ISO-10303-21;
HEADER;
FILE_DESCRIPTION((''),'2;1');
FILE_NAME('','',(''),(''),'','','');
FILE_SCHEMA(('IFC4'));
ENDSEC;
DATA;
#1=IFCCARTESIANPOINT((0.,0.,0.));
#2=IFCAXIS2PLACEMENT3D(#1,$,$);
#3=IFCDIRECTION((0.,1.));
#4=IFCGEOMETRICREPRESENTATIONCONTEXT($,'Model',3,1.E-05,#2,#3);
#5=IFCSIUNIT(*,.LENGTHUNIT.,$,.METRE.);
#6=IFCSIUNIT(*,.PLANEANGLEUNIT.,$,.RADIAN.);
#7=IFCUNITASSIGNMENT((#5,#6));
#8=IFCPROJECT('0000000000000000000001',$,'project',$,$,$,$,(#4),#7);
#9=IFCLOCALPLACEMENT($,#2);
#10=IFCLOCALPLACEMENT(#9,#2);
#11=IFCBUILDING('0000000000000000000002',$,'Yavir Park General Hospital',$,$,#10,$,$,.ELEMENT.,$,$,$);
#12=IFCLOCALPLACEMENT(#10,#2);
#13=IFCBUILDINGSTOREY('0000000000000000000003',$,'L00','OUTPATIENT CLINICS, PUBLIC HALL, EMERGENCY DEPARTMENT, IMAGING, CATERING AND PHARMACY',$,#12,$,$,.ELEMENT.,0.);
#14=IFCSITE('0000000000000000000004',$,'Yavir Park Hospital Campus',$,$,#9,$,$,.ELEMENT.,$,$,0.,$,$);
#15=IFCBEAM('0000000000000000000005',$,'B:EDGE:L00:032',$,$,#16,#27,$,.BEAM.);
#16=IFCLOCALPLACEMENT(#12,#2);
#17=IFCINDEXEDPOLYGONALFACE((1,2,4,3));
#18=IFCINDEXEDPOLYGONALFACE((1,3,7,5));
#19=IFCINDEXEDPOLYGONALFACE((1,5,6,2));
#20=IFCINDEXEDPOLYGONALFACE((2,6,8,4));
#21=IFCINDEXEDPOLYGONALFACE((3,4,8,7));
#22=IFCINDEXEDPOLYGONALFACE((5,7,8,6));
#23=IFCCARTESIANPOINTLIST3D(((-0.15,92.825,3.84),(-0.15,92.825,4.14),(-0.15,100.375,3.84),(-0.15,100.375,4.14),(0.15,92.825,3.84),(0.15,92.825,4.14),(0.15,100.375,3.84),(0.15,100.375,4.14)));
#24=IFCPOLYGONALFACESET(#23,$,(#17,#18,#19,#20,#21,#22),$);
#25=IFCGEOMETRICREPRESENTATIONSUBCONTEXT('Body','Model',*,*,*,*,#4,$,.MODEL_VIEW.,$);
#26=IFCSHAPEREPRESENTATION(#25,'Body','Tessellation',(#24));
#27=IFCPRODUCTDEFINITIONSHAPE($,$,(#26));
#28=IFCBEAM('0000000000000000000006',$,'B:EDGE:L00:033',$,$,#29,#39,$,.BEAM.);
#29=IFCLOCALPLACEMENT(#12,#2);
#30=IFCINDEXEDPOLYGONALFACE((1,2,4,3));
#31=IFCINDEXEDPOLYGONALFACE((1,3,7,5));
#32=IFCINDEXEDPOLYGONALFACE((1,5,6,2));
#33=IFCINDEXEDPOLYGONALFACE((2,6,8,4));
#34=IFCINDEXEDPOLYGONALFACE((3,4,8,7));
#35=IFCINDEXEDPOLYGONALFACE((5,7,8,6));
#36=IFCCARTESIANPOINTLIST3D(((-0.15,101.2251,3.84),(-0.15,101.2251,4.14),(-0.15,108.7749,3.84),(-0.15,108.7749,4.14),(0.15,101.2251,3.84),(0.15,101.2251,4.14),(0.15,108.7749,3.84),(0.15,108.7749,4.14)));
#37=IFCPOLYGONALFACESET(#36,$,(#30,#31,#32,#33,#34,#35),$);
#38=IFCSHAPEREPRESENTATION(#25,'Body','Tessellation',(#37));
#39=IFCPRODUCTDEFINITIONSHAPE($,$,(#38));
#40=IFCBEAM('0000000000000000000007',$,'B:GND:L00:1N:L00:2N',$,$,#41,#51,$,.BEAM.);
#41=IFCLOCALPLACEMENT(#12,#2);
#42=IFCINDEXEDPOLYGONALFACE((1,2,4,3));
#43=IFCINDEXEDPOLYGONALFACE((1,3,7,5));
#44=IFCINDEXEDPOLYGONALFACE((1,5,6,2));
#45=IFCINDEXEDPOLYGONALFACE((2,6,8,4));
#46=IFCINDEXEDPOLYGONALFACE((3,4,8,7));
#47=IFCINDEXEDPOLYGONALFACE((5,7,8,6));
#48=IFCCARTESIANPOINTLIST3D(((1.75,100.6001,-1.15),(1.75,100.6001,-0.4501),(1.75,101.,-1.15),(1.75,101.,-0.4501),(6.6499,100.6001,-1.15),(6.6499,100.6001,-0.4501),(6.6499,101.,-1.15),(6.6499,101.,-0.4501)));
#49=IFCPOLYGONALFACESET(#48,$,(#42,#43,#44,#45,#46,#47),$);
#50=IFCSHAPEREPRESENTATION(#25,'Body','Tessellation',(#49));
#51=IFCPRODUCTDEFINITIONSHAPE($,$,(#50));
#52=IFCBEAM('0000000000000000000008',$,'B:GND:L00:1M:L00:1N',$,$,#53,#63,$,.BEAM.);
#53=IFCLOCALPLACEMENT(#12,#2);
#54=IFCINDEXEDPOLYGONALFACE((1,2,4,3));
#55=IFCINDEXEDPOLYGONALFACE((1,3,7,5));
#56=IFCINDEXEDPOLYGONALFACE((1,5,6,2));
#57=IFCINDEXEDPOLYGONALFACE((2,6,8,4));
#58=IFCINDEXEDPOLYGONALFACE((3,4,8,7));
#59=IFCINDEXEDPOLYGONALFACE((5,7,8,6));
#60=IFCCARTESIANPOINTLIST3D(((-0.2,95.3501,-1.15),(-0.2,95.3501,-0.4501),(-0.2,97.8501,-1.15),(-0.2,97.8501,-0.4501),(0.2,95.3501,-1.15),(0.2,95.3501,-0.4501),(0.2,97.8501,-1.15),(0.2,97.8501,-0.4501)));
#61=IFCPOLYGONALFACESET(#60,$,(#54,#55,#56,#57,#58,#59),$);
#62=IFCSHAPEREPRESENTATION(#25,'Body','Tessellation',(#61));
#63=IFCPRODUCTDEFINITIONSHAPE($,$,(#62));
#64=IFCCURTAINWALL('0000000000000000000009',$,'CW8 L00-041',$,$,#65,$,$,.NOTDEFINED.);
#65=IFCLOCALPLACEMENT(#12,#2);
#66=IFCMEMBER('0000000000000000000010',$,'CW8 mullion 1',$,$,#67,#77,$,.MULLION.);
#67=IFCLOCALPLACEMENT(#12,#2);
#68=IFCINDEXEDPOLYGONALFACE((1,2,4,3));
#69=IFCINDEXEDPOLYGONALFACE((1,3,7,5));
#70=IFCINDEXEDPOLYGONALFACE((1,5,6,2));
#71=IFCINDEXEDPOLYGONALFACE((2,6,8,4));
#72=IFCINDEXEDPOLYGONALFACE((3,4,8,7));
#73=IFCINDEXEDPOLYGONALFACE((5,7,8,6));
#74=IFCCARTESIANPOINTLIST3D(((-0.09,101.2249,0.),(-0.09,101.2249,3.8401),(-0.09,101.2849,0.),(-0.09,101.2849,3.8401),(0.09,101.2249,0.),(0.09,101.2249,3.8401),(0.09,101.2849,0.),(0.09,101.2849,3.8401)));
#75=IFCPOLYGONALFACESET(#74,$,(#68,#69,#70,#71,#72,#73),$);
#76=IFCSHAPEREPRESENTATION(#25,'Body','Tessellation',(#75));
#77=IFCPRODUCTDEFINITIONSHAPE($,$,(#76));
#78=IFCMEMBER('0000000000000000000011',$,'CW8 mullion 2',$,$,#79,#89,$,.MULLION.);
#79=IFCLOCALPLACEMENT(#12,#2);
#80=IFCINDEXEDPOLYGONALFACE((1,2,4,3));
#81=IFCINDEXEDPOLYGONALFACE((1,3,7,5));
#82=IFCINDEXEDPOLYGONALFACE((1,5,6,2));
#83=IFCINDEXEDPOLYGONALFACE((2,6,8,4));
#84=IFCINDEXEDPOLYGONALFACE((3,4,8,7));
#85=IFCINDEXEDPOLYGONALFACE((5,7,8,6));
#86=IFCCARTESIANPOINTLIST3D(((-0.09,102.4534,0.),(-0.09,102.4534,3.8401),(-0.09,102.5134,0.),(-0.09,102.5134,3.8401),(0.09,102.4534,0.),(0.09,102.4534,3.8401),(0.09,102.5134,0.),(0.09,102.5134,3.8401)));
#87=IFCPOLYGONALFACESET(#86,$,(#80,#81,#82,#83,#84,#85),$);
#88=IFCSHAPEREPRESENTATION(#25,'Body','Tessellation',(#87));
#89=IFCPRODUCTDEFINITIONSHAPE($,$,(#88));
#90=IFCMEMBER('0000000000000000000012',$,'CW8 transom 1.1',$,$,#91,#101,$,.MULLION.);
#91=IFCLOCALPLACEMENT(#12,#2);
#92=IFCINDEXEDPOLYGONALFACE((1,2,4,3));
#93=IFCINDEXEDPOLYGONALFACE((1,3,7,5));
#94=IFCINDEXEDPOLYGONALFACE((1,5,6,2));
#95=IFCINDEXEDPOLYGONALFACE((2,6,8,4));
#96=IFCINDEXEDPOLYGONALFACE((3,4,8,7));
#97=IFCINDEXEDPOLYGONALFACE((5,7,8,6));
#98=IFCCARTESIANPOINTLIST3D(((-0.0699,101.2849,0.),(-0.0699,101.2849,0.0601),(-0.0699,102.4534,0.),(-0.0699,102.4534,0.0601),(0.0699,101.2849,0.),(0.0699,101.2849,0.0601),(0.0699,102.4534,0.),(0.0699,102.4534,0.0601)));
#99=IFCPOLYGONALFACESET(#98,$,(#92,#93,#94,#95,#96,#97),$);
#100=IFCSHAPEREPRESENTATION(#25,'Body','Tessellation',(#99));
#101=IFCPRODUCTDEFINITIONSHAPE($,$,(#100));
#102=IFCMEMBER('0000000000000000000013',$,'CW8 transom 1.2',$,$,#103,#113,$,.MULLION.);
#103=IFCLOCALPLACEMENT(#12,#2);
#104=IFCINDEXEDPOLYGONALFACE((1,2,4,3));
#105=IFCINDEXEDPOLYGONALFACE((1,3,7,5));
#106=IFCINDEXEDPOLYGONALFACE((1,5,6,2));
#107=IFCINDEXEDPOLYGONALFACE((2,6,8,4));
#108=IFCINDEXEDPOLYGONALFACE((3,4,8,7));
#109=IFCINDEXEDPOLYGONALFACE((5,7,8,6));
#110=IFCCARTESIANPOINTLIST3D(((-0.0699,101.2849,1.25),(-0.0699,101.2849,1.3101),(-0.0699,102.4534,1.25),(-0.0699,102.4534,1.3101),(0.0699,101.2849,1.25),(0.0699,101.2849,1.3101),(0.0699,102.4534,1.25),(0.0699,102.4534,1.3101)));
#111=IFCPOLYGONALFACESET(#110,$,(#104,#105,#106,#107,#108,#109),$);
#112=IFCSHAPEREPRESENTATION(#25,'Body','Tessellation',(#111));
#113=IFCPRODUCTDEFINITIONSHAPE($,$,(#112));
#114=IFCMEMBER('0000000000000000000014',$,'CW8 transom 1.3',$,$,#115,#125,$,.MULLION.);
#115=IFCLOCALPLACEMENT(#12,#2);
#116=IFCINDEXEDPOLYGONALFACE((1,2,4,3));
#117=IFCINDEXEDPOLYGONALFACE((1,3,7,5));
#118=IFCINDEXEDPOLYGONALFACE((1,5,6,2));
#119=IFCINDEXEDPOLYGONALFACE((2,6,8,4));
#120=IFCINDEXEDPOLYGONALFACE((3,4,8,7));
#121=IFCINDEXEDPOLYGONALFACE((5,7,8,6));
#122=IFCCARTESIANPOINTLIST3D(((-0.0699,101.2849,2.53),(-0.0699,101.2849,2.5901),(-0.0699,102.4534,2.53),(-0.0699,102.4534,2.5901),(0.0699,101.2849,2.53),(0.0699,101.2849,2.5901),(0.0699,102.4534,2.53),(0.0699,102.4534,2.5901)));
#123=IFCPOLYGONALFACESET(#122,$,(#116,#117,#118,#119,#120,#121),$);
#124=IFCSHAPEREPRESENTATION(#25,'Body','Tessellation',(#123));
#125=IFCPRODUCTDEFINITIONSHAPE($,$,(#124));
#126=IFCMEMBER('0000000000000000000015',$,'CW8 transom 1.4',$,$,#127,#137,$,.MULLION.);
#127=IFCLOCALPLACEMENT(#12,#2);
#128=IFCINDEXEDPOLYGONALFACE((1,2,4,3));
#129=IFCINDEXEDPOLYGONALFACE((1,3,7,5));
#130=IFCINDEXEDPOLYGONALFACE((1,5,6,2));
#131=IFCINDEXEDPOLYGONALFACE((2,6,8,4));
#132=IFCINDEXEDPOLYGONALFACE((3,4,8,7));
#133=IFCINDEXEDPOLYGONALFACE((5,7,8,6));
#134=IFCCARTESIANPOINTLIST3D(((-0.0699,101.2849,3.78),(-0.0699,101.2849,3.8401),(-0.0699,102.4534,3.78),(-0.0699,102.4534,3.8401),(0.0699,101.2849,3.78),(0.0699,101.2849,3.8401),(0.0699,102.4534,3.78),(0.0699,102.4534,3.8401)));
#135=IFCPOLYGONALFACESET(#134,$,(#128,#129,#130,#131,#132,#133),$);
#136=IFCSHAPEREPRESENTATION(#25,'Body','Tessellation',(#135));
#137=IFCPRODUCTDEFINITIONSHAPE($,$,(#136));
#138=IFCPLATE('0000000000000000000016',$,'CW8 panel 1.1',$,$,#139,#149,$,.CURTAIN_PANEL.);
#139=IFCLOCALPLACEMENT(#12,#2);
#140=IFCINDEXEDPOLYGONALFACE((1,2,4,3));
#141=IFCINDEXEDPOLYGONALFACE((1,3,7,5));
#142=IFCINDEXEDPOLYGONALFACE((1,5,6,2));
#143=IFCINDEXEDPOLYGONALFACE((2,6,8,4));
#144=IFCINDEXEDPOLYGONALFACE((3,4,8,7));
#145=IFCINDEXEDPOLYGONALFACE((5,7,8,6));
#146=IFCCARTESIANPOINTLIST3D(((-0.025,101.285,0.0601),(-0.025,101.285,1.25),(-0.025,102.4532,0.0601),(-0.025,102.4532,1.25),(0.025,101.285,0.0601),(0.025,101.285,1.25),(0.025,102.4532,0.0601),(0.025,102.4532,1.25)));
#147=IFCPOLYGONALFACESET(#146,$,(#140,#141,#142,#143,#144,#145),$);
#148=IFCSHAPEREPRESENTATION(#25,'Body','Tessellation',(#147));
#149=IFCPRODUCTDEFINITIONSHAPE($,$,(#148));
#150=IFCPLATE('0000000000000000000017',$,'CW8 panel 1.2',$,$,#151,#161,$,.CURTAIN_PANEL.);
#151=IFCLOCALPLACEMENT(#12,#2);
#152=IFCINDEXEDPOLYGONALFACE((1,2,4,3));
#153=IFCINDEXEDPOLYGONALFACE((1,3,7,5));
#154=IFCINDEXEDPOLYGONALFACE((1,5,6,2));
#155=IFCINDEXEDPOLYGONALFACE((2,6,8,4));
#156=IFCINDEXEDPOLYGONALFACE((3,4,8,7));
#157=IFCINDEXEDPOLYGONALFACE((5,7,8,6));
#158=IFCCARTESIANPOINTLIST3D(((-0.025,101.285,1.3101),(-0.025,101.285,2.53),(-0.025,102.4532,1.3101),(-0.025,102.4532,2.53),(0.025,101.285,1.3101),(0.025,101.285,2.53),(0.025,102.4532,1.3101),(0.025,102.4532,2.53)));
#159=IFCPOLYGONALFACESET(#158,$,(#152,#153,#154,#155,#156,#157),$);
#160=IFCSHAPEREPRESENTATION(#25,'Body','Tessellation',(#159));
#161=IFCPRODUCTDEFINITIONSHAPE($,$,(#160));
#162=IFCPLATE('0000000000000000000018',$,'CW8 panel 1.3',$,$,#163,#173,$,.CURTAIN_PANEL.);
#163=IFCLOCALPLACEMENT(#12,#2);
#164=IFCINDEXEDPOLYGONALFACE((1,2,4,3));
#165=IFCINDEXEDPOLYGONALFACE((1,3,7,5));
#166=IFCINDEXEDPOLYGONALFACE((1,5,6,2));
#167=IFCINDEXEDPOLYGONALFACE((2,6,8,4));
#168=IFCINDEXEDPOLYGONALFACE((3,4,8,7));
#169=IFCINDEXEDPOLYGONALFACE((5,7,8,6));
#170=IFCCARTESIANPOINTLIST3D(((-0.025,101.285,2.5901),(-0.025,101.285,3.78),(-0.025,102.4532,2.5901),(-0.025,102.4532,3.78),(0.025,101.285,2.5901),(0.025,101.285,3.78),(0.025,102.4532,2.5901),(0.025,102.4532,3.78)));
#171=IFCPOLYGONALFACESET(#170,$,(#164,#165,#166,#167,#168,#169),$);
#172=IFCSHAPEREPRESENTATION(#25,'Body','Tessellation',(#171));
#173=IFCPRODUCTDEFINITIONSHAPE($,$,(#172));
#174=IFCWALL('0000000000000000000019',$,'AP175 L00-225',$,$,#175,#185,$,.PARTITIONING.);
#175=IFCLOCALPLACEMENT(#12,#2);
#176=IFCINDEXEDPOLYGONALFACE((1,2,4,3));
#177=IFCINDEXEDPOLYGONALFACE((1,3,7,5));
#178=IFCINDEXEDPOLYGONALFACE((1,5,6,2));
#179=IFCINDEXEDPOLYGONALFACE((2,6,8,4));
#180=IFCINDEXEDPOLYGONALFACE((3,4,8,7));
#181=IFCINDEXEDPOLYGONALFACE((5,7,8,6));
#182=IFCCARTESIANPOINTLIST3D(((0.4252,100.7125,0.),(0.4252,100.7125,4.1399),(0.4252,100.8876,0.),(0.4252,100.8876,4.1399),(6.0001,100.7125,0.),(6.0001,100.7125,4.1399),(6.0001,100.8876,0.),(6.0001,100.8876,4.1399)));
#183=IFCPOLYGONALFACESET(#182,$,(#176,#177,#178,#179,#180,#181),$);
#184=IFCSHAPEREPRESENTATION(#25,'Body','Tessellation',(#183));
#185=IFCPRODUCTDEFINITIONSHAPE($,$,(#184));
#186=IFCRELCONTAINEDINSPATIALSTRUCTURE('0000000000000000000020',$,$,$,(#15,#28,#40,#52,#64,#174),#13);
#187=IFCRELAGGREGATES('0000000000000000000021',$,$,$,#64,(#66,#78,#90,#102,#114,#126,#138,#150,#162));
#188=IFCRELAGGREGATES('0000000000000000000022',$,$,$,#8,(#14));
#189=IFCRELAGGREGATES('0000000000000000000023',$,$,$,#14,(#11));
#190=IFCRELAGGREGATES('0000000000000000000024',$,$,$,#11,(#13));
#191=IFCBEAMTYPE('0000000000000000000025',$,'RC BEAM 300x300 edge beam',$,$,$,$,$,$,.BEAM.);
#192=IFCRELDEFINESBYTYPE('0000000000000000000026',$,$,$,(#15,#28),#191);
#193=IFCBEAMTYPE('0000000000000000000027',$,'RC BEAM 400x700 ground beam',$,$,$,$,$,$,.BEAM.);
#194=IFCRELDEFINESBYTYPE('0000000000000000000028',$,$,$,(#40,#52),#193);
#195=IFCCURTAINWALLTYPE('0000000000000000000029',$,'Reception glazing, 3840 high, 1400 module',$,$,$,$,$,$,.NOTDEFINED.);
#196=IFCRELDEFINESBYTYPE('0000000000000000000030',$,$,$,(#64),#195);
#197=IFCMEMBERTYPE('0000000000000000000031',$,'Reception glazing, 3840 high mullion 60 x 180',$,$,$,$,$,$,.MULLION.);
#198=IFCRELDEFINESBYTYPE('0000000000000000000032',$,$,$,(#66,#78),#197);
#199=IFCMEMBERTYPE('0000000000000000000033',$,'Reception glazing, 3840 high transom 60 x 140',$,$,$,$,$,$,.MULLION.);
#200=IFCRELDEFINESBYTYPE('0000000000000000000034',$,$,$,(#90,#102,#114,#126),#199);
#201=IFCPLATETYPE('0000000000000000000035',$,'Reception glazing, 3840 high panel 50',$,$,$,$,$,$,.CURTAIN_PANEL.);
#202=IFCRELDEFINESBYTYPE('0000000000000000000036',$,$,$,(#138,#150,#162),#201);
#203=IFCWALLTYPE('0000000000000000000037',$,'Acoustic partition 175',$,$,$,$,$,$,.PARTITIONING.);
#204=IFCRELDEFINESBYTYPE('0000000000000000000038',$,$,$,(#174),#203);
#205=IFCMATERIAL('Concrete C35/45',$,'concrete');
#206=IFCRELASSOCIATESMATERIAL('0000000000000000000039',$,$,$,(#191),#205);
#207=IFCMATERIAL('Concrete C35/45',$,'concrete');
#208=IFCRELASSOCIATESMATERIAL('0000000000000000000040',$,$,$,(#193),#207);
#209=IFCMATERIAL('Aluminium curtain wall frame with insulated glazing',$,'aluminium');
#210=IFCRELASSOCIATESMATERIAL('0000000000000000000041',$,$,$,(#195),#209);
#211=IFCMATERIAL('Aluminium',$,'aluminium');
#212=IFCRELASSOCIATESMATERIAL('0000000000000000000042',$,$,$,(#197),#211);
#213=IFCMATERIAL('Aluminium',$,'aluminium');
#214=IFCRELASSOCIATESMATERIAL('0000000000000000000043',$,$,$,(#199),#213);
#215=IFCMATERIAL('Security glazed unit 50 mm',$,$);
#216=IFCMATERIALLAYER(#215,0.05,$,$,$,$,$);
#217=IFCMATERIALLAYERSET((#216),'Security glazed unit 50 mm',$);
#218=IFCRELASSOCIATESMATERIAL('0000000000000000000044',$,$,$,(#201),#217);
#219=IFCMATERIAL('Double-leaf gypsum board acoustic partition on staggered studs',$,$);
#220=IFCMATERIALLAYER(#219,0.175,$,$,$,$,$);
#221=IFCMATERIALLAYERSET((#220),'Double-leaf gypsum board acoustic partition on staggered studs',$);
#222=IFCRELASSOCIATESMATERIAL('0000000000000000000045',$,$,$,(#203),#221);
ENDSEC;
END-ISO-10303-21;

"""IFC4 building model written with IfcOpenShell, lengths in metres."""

from ifc_helpers import new_model, si_unit, direction, frame, frame_2d, origin, origin_2d, place, context, subcontext, project, spatial, rectangle, extrude, material, layer, layer_set, material_profile, profile_set, type_object, element, aggregate, save


model = new_model("IFC4")

# Units and contexts
model_context = context("Model", 3, precision=1e-05, world=origin(), true_north=direction((0.0, 1.0)))
body_context = subcontext(model_context, "Body", "Model", "MODEL_VIEW")
ifc_project = project(units=[si_unit("LENGTHUNIT", "METRE"), si_unit("PLANEANGLEUNIT", "RADIAN")], contexts=[model_context])

# Site, building, storey
site_placement = place(None, origin())
site = spatial("IfcSite", under=ifc_project, at=site_placement, Name="Yavir Park Hospital Campus", CompositionType="ELEMENT", RefElevation=0.0)
building_placement = place(site_placement, origin())
building = spatial("IfcBuilding", under=site, at=building_placement, Name="Yavir Park General Hospital", CompositionType="ELEMENT")
storey_placement = place(building_placement, origin())
storey = spatial("IfcBuildingStorey", under=building, at=storey_placement, Name="L00", Description="OUTPATIENT CLINICS, PUBLIC HALL, EMERGENCY DEPARTMENT, IMAGING, CATERING AND PHARMACY", CompositionType="ELEMENT", Elevation=0.0)

# Beams
ifc_material_1 = material(Name="Concrete C35/45", Category="concrete")
ifc_material_profile_1 = material_profile(ifc_material_1, rectangle(XDim=0.3, YDim=0.3, at=origin_2d()), Name="RC300x300")
ifc_profile_set_1 = profile_set([ifc_material_profile_1], Name="Concrete C35/45")
beam_type_1 = type_object("IfcBeamType", Name="RC BEAM 300x300 edge beam", PredefinedType="BEAM", material=ifc_profile_set_1)
beam_1_placement = place(storey_placement, frame((0.0, 92.825, 3.99), z_axis=(0.0, 1.0, 0.0), x_axis=(-1.0, 0.0, 0.0)))
element("IfcBeam", 1, at=beam_1_placement, inside=storey, type_object=beam_type_1, Name="B:EDGE:L00:032", PredefinedType="BEAM", context=body_context, shape_type="SweptSolid", body=[
    extrude(rectangle(XDim=0.3, YDim=0.3, at=origin_2d()), origin(), (0.0, 0.0, 1.0), 7.55),
])
beam_2_placement = place(storey_placement, frame((0.0, 101.2251, 3.99), z_axis=(0.0, 1.0, 0.0), x_axis=(-1.0, 0.0, 0.0)))
element("IfcBeam", 2, at=beam_2_placement, inside=storey, type_object=beam_type_1, Name="B:EDGE:L00:033", PredefinedType="BEAM", context=body_context, shape_type="SweptSolid", body=[
    extrude(rectangle(XDim=0.3, YDim=0.3, at=origin_2d()), origin(), (0.0, 0.0, 1.0), 7.5498),
])
ifc_material_2 = material(Name="Concrete C35/45", Category="concrete")
ifc_material_profile_2 = material_profile(ifc_material_2, rectangle(XDim=0.3999, YDim=0.7, at=origin_2d()), Name="RC400x700")
ifc_profile_set_2 = profile_set([ifc_material_profile_2], Name="Concrete C35/45")
beam_type_2 = type_object("IfcBeamType", Name="RC BEAM 400x700 ground beam", PredefinedType="BEAM", material=ifc_profile_set_2)
beam_3_placement = place(storey_placement, frame((1.75, 100.8, -0.8), z_axis=(1.0, 0.0, 0.0), x_axis=(0.0, 1.0, 0.0)))
element("IfcBeam", 3, at=beam_3_placement, inside=storey, type_object=beam_type_2, Name="B:GND:L00:1N:L00:2N", PredefinedType="BEAM", context=body_context, shape_type="SweptSolid", body=[
    extrude(rectangle(XDim=0.3999, YDim=0.7, at=origin_2d()), origin(), (0.0, 0.0, 1.0), 4.8999),
])
beam_4_placement = place(storey_placement, frame((0.0, 95.3501, -0.8), z_axis=(0.0, 1.0, 0.0), x_axis=(-1.0, 0.0, 0.0)))
element("IfcBeam", 4, at=beam_4_placement, inside=storey, type_object=beam_type_2, Name="B:GND:L00:1M:L00:1N", PredefinedType="BEAM", context=body_context, shape_type="SweptSolid", body=[
    extrude(rectangle(XDim=0.3999, YDim=0.7, at=origin_2d()), origin(), (0.0, 0.0, 1.0), 2.5),
])

# Curtain wall, members, plates
ifc_material_3 = material(Name="Aluminium curtain wall frame with insulated glazing", Category="aluminium")
curtain_wall_type = type_object("IfcCurtainWallType", Name="Reception glazing, 3840 high, 1400 module", PredefinedType="NOTDEFINED", material=ifc_material_3)
curtain_wall_placement = place(storey_placement, origin())
curtain_wall = element("IfcCurtainWall", 5, at=curtain_wall_placement, inside=storey, type_object=curtain_wall_type, Name="CW8 L00-041", PredefinedType="NOTDEFINED")
ifc_material_4 = material(Name="Aluminium", Category="aluminium")
ifc_material_profile_3 = material_profile(ifc_material_4, rectangle(XDim=0.1799, YDim=0.0601, at=origin_2d()), Name="AL 60x180")
ifc_profile_set_3 = profile_set([ifc_material_profile_3], Name="Aluminium")
member_type_1 = type_object("IfcMemberType", Name="Reception glazing, 3840 high mullion 60 x 180", PredefinedType="MULLION", material=ifc_profile_set_3)
member_1_placement = place(storey_placement, frame((0.0, 101.2549, 0.0), z_axis=(0.0, 0.0, 1.0), x_axis=(-1.0, 0.0, 0.0)))
member_1 = element("IfcMember", 6, at=member_1_placement, type_object=member_type_1, Name="CW8 mullion 1", PredefinedType="MULLION", context=body_context, shape_type="SweptSolid", body=[
    extrude(rectangle(XDim=0.1799, YDim=0.0601, at=origin_2d()), origin(), (0.0, 0.0, 1.0), 3.8401),
])
member_2_placement = place(storey_placement, frame((0.0, 102.4834, 0.0), z_axis=(0.0, 0.0, 1.0), x_axis=(-1.0, 0.0, 0.0)))
member_2 = element("IfcMember", 7, at=member_2_placement, type_object=member_type_1, Name="CW8 mullion 2", PredefinedType="MULLION", context=body_context, shape_type="SweptSolid", body=[
    extrude(rectangle(XDim=0.1799, YDim=0.0601, at=origin_2d()), origin(), (0.0, 0.0, 1.0), 3.8401),
])
ifc_material_5 = material(Name="Aluminium", Category="aluminium")
ifc_material_profile_4 = material_profile(ifc_material_5, rectangle(XDim=0.1399, YDim=0.0601, at=origin_2d()), Name="AL 140x60")
ifc_profile_set_4 = profile_set([ifc_material_profile_4], Name="Aluminium")
member_type_2 = type_object("IfcMemberType", Name="Reception glazing, 3840 high transom 60 x 140", PredefinedType="MULLION", material=ifc_profile_set_4)
member_3_placement = place(storey_placement, frame((0.0, 101.2849, 0.03), z_axis=(0.0, 1.0, 0.0), x_axis=(-1.0, 0.0, 0.0)))
member_3 = element("IfcMember", 8, at=member_3_placement, type_object=member_type_2, Name="CW8 transom 1.1", PredefinedType="MULLION", context=body_context, shape_type="SweptSolid", body=[
    extrude(rectangle(XDim=0.1399, YDim=0.0601, at=origin_2d()), origin(), (0.0, 0.0, 1.0), 1.1685),
])
member_4_placement = place(storey_placement, frame((0.0, 101.2849, 1.28), z_axis=(0.0, 1.0, 0.0), x_axis=(-1.0, 0.0, 0.0)))
member_4 = element("IfcMember", 9, at=member_4_placement, type_object=member_type_2, Name="CW8 transom 1.2", PredefinedType="MULLION", context=body_context, shape_type="SweptSolid", body=[
    extrude(rectangle(XDim=0.1399, YDim=0.0601, at=origin_2d()), origin(), (0.0, 0.0, 1.0), 1.1685),
])
member_5_placement = place(storey_placement, frame((0.0, 101.2849, 2.5601), z_axis=(0.0, 1.0, 0.0), x_axis=(-1.0, 0.0, 0.0)))
member_5 = element("IfcMember", 10, at=member_5_placement, type_object=member_type_2, Name="CW8 transom 1.3", PredefinedType="MULLION", context=body_context, shape_type="SweptSolid", body=[
    extrude(rectangle(XDim=0.1399, YDim=0.0601, at=origin_2d()), origin(), (0.0, 0.0, 1.0), 1.1685),
])
member_6_placement = place(storey_placement, frame((0.0, 101.2849, 3.8101), z_axis=(0.0, 1.0, 0.0), x_axis=(-1.0, 0.0, 0.0)))
member_6 = element("IfcMember", 11, at=member_6_placement, type_object=member_type_2, Name="CW8 transom 1.4", PredefinedType="MULLION", context=body_context, shape_type="SweptSolid", body=[
    extrude(rectangle(XDim=0.1399, YDim=0.0601, at=origin_2d()), origin(), (0.0, 0.0, 1.0), 1.1685),
])
ifc_material_6 = material(Name="Security glazed unit 50 mm")
ifc_layer_1 = layer(ifc_material_6, 0.05)
ifc_layer_set_1 = layer_set([ifc_layer_1], Name="Security glazed unit 50 mm")
plate_type = type_object("IfcPlateType", Name="Reception glazing, 3840 high panel 50", PredefinedType="CURTAIN_PANEL", material=ifc_layer_set_1)
plate_1_placement = place(storey_placement, frame((0.0, 101.8691, 0.0601), z_axis=(0.0, 0.0, 1.0), x_axis=(0.0, 1.0, 0.0)))
plate_1 = element("IfcPlate", 12, at=plate_1_placement, type_object=plate_type, Name="CW8 panel 1.1", PredefinedType="CURTAIN_PANEL", context=body_context, shape_type="SweptSolid", body=[
    extrude(rectangle(XDim=1.1682, YDim=0.05, at=origin_2d()), origin(), (0.0, 0.0, 1.0), 1.1899),
])
plate_2_placement = place(storey_placement, frame((0.0, 101.8691, 1.3101), z_axis=(0.0, 0.0, 1.0), x_axis=(0.0, 1.0, 0.0)))
plate_2 = element("IfcPlate", 13, at=plate_2_placement, type_object=plate_type, Name="CW8 panel 1.2", PredefinedType="CURTAIN_PANEL", context=body_context, shape_type="SweptSolid", body=[
    extrude(rectangle(XDim=1.1682, YDim=0.05, at=origin_2d()), origin(), (0.0, 0.0, 1.0), 1.22),
])
plate_3_placement = place(storey_placement, frame((0.0, 101.8691, 2.5901), z_axis=(0.0, 0.0, 1.0), x_axis=(0.0, 1.0, 0.0)))
plate_3 = element("IfcPlate", 14, at=plate_3_placement, type_object=plate_type, Name="CW8 panel 1.3", PredefinedType="CURTAIN_PANEL", context=body_context, shape_type="SweptSolid", body=[
    extrude(rectangle(XDim=1.1682, YDim=0.05, at=origin_2d()), origin(), (0.0, 0.0, 1.0), 1.1899),
])
aggregate(curtain_wall, [member_1, member_2, member_3, member_4, member_5, member_6, plate_1, plate_2, plate_3])

# Wall
ifc_material_7 = material(Name="Double-leaf gypsum board acoustic partition on staggered studs")
ifc_layer_2 = layer(ifc_material_7, 0.175)
ifc_layer_set_2 = layer_set([ifc_layer_2], Name="Double-leaf gypsum board acoustic partition on staggered studs")
wall_type_1 = type_object("IfcWallType", Name="Acoustic partition 175", PredefinedType="PARTITIONING", material=ifc_layer_set_2)
wall_1_placement = place(storey_placement, frame((0.425, 100.8, 0.0), z_axis=(0.0, 0.0, 1.0), x_axis=(1.0, 0.0, 0.0)))
element("IfcWall", 15, at=wall_1_placement, inside=storey, type_object=wall_type_1, Name="AP175 L00-225", PredefinedType="PARTITIONING", context=body_context, shape_type="SweptSolid", body=[
    extrude(rectangle(XDim=5.575, YDim=0.175, at=frame_2d((2.7876, 0.0))), origin(), (0.0, 0.0, 1.0), 4.1399),
])

save(model, "model.ifc")
